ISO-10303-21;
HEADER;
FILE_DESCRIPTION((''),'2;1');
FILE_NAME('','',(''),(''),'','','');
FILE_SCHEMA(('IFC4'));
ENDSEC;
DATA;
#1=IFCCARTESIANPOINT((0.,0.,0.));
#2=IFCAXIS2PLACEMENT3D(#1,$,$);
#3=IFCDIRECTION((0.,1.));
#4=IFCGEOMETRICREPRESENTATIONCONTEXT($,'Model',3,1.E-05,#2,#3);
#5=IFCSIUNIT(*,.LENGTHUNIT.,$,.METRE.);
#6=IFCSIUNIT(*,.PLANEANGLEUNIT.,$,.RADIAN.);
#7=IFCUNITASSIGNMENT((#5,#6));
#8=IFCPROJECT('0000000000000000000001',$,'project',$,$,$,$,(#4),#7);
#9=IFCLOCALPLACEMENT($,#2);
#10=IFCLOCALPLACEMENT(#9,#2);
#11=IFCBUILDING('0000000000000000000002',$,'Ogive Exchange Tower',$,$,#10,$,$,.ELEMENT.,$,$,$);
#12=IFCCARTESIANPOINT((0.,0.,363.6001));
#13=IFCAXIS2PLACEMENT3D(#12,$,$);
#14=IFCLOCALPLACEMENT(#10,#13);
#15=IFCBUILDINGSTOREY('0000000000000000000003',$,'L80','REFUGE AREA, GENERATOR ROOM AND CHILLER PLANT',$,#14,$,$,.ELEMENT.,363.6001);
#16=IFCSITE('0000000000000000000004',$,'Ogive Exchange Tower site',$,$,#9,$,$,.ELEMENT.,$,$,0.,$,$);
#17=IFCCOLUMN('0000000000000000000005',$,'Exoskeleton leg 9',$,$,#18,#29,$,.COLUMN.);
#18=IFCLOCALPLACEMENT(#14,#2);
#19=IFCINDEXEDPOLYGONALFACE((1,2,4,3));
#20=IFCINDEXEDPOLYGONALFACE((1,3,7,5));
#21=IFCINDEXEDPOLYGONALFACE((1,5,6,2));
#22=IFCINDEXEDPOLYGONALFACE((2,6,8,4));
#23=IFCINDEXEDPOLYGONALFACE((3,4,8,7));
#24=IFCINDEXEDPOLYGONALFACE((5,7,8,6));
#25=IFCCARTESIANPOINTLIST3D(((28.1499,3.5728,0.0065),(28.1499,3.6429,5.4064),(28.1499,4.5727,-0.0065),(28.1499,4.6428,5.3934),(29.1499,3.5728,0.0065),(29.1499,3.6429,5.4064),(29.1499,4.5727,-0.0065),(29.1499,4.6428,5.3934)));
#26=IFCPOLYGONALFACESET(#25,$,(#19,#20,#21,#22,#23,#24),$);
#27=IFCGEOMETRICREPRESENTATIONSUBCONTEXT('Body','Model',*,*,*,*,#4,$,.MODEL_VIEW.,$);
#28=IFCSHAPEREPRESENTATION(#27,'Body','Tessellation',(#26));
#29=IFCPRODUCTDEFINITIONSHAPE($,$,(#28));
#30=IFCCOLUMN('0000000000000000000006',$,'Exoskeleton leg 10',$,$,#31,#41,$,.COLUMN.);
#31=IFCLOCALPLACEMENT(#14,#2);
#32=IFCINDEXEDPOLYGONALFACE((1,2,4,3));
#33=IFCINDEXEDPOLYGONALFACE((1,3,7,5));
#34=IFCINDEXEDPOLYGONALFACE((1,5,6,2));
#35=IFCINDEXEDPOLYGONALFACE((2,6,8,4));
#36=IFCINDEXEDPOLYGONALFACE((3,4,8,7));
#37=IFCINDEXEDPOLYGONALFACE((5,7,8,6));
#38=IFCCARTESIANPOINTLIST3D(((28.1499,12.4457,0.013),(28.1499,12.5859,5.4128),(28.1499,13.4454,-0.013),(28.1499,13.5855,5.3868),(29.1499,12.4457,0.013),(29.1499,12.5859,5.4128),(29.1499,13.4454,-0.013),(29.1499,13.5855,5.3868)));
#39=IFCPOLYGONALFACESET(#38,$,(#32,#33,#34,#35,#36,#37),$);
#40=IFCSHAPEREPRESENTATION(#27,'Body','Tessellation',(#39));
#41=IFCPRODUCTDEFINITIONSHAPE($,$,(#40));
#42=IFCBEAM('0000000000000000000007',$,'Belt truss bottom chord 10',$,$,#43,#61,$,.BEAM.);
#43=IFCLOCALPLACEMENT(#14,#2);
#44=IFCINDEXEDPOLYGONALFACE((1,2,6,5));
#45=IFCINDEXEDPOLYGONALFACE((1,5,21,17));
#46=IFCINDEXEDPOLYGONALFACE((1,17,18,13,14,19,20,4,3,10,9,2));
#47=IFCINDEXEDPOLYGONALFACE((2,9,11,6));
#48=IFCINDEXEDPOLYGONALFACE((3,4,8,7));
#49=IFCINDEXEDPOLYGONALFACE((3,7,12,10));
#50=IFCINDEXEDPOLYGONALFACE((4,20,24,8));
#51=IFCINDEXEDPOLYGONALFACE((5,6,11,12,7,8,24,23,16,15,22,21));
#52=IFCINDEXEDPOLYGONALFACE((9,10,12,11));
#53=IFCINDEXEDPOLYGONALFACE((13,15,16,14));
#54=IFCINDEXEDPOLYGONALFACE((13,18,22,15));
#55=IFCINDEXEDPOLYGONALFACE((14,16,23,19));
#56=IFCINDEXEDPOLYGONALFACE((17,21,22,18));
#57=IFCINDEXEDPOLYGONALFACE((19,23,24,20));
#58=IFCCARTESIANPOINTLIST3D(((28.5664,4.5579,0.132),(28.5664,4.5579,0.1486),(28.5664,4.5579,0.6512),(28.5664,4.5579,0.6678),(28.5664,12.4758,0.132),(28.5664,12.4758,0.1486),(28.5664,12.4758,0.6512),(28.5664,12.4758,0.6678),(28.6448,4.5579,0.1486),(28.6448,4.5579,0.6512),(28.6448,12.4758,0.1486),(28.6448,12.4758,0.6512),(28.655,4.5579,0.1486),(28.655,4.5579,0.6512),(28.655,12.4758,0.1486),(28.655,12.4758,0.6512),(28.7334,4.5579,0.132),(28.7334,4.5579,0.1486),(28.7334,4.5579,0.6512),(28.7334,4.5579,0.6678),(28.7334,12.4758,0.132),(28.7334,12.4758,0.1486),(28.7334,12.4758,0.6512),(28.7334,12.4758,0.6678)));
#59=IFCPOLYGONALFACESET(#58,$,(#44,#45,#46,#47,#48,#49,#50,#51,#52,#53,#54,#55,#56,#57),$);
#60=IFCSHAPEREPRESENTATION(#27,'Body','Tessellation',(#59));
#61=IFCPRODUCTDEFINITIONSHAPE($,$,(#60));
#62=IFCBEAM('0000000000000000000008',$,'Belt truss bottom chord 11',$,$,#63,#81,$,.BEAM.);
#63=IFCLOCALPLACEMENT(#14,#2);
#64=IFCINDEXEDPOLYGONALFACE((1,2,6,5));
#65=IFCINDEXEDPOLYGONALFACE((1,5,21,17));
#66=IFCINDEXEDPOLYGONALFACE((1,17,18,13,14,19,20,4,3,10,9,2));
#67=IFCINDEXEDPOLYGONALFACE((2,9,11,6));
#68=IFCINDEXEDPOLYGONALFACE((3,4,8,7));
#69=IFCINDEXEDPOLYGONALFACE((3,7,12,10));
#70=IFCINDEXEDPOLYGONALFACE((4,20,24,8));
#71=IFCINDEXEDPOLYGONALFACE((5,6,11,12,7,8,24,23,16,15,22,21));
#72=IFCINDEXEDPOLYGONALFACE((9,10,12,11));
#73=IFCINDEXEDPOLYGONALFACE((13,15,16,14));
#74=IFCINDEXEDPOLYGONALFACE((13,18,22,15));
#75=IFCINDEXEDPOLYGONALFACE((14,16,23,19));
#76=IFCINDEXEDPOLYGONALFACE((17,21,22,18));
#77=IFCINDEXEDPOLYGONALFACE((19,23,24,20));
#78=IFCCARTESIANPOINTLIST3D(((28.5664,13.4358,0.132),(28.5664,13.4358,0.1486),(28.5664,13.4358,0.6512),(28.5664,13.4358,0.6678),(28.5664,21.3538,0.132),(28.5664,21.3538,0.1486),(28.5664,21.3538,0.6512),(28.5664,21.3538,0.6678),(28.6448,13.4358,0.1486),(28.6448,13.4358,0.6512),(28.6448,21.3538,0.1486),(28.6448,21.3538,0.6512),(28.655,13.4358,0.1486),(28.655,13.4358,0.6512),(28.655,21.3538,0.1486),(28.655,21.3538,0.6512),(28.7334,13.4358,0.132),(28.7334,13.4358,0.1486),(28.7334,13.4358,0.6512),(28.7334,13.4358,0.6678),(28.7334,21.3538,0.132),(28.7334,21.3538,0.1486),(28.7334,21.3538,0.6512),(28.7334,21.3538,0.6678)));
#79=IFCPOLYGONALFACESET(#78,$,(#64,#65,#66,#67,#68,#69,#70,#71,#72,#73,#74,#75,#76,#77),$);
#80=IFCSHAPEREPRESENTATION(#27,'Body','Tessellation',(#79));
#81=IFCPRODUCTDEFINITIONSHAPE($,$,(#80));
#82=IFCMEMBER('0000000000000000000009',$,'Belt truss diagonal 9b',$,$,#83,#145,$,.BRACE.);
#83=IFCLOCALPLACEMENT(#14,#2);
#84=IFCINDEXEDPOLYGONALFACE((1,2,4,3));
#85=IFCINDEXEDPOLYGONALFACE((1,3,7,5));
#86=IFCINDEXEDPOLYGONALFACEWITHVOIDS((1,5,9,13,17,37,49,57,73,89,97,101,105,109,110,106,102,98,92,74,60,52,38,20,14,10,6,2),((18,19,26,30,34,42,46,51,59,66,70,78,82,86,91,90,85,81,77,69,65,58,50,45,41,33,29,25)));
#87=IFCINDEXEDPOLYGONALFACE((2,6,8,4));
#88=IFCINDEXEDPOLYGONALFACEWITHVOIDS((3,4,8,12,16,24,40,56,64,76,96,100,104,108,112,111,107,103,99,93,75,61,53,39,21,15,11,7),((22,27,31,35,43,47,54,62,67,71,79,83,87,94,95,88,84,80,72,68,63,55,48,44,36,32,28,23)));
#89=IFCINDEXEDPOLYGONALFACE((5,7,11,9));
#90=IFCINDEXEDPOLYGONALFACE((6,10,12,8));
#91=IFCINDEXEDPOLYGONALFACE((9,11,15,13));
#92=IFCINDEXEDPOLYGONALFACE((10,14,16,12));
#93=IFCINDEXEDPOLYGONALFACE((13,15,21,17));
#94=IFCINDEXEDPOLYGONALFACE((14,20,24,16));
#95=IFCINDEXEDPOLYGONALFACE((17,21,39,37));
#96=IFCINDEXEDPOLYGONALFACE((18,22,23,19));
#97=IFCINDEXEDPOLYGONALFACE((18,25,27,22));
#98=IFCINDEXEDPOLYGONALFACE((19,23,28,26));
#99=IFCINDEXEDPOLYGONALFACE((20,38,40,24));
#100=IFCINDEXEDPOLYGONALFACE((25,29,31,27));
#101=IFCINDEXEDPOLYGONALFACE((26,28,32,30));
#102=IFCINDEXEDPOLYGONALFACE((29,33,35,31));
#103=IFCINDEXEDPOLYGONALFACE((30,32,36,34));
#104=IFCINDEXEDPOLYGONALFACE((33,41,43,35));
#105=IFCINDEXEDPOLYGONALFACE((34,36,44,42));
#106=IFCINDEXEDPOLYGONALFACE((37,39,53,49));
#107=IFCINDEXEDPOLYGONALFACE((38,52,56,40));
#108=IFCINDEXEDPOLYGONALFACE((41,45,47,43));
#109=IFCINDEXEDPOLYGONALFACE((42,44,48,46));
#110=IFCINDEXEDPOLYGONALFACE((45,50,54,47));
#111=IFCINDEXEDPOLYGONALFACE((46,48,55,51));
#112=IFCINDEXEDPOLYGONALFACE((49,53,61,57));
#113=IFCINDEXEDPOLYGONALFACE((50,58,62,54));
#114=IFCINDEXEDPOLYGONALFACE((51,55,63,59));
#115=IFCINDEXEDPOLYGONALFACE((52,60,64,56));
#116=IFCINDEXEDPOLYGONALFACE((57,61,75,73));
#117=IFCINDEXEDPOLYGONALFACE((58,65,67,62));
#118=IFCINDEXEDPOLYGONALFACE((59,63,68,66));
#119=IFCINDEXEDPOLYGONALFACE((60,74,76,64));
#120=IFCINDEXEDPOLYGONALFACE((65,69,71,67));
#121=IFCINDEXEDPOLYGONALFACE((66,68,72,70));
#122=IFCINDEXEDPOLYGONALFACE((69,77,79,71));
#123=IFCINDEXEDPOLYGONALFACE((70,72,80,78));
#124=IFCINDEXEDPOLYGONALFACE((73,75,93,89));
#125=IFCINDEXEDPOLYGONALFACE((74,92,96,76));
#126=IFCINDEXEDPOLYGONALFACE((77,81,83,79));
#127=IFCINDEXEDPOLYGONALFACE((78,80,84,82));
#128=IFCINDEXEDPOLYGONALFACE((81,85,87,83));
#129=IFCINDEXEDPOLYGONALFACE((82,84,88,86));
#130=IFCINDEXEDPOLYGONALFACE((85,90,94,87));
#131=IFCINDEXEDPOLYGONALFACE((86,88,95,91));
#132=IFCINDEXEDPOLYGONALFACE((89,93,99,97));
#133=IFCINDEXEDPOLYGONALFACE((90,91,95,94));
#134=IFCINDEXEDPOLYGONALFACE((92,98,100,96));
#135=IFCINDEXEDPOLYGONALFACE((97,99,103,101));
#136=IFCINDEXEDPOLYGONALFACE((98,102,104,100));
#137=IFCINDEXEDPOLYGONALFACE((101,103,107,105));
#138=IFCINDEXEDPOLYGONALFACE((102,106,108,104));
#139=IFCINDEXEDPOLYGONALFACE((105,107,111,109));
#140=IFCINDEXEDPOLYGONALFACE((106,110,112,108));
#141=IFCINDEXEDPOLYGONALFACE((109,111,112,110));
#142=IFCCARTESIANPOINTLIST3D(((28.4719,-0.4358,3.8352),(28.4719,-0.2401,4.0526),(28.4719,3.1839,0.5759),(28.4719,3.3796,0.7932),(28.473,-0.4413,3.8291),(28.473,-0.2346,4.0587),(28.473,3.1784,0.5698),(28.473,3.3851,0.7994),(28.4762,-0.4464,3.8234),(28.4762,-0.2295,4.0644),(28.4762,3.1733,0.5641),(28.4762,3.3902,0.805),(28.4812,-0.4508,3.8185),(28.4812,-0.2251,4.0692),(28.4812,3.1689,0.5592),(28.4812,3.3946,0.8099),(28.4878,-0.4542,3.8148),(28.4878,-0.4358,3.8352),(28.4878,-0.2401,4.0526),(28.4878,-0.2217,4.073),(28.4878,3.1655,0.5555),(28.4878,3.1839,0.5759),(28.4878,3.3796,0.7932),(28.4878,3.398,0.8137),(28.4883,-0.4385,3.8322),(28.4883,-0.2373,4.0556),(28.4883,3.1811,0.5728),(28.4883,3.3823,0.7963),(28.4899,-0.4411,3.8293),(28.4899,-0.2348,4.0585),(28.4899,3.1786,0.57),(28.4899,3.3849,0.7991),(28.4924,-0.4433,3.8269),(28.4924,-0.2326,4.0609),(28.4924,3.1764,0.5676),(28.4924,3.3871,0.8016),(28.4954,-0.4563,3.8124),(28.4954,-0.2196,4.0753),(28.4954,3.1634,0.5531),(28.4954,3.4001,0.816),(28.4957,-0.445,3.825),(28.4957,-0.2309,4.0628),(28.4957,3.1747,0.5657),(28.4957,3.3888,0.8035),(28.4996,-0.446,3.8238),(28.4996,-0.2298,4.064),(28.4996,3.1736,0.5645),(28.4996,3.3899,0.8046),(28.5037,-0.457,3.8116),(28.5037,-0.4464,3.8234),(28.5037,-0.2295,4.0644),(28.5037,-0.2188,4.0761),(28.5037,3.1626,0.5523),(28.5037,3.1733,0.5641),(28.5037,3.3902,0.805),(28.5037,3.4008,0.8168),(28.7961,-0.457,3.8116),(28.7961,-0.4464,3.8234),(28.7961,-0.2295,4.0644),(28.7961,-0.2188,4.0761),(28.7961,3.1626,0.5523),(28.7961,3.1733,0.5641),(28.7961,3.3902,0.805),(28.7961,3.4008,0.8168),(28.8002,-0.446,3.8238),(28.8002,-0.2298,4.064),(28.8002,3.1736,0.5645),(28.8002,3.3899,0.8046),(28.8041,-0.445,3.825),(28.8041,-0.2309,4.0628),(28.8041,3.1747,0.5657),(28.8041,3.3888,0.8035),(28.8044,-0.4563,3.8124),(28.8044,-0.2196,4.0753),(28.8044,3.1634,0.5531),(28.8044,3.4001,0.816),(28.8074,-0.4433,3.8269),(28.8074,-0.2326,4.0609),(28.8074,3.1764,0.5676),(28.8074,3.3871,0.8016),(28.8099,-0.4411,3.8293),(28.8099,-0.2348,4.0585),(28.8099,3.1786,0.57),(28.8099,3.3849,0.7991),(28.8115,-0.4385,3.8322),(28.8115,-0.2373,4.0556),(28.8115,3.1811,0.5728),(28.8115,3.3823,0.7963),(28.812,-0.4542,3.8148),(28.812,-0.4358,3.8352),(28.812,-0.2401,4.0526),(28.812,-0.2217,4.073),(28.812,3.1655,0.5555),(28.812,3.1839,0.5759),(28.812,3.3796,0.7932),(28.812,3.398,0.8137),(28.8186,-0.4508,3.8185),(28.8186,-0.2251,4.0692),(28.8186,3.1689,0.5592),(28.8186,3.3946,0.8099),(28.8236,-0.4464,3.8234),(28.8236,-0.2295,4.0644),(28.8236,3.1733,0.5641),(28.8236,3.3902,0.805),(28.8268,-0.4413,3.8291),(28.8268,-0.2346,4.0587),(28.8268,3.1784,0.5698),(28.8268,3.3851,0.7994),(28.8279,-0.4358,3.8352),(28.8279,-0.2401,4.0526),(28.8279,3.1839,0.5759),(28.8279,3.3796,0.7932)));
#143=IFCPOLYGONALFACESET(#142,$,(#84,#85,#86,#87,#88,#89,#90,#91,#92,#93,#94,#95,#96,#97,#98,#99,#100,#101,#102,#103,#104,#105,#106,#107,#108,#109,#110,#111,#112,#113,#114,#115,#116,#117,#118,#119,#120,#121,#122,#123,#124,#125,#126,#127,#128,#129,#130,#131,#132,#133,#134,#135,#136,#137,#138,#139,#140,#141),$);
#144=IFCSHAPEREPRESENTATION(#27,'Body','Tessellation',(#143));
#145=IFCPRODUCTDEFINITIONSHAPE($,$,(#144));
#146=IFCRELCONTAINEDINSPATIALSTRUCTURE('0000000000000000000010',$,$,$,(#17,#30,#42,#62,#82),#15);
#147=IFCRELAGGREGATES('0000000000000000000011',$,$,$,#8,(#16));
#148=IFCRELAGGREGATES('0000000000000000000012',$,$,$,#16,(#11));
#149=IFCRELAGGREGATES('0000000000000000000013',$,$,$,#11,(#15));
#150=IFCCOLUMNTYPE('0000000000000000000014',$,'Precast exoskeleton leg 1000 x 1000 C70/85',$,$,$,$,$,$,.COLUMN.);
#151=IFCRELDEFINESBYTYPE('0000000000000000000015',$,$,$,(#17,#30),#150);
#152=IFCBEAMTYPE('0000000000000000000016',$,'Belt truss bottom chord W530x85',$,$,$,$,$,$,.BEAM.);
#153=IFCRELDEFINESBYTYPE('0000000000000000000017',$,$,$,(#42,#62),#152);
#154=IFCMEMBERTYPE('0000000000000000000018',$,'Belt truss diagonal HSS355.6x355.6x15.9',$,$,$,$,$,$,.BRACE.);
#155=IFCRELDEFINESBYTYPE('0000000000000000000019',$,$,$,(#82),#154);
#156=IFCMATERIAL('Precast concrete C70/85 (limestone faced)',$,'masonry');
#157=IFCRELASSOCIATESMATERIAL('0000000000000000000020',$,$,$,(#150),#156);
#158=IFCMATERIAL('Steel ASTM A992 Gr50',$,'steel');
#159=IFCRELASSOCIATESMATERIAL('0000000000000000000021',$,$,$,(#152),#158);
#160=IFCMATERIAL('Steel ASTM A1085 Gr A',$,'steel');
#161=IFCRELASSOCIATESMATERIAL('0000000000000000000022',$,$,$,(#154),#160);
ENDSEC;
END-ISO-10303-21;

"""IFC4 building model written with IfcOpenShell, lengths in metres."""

from ifc_helpers import new_model, si_unit, direction, frame, origin, origin_2d, place, context, subcontext, project, spatial, rectangle, hollow_rectangle, i_section, extrude, material, material_profile, profile_set, type_object, element, save


model = new_model("IFC4")

# Units and contexts
model_context = context("Model", 3, precision=1e-05, world=origin(), true_north=direction((0.0, 1.0)))
body_context = subcontext(model_context, "Body", "Model", "MODEL_VIEW")
ifc_project = project(units=[si_unit("LENGTHUNIT", "METRE"), si_unit("PLANEANGLEUNIT", "RADIAN")], contexts=[model_context])

# Site, building, storey
site_placement = place(None, origin())
site = spatial("IfcSite", under=ifc_project, at=site_placement, Name="Ogive Exchange Tower site", CompositionType="ELEMENT", RefElevation=0.0)
building_placement = place(site_placement, origin())
building = spatial("IfcBuilding", under=site, at=building_placement, Name="Ogive Exchange Tower", CompositionType="ELEMENT")
storey_placement = place(building_placement, frame((0.0, 0.0, 363.6001)))
storey = spatial("IfcBuildingStorey", under=building, at=storey_placement, Name="L80", Description="REFUGE AREA, GENERATOR ROOM AND CHILLER PLANT", CompositionType="ELEMENT", Elevation=363.6001)

# Columns
ifc_material_1 = material(Name="Precast concrete C70/85 (limestone faced)", Category="masonry")
ifc_material_profile_1 = material_profile(ifc_material_1, rectangle(XDim=1.0, YDim=1.0, at=origin_2d()), Name="1000 x 1000")
ifc_profile_set_1 = profile_set([ifc_material_profile_1], Name="Precast concrete C70/85 (limestone faced)")
column_type = type_object("IfcColumnType", Name="Precast exoskeleton leg 1000 x 1000 C70/85", PredefinedType="COLUMN", material=ifc_profile_set_1)
column_1_placement = place(storey_placement, frame((28.6499, 4.0728, 0.0), z_axis=(0.0, 0.012975, 0.999916), x_axis=(-1.0, 0.0, 0.0)))
element("IfcColumn", 1, at=column_1_placement, inside=storey, type_object=column_type, Name="Exoskeleton leg 9", PredefinedType="COLUMN", context=body_context, shape_type="SweptSolid", body=[
    extrude(rectangle(XDim=1.0, YDim=1.0, at=origin_2d()), origin(), (0.0, 0.0, 1.0), 5.4004),
])
column_2_placement = place(storey_placement, frame((28.6499, 12.9456, 0.0), z_axis=(0.0, 0.025943, 0.999663), x_axis=(-1.0, 0.0, 0.0)))
element("IfcColumn", 2, at=column_2_placement, inside=storey, type_object=column_type, Name="Exoskeleton leg 10", PredefinedType="COLUMN", context=body_context, shape_type="SweptSolid", body=[
    extrude(rectangle(XDim=1.0, YDim=1.0, at=origin_2d()), origin(), (0.0, 0.0, 1.0), 5.4016),
])

# Beams
ifc_material_2 = material(Name="Steel ASTM A992 Gr50", Category="steel")
ifc_material_profile_2 = material_profile(ifc_material_2, i_section(OverallWidth=0.167, OverallDepth=0.5359, WebThickness=0.0103, FlangeThickness=0.0166, at=origin_2d()), Name="W530x85")
ifc_profile_set_2 = profile_set([ifc_material_profile_2], Name="Steel ASTM A992 Gr50")
beam_type_1 = type_object("IfcBeamType", Name="Belt truss bottom chord W530x85", PredefinedType="BEAM", material=ifc_profile_set_2)
for number, where, z_axis, x_axis, name in (
    (3, (28.6499, 4.5579, 0.3999), (0.0, 1.0, 0.0), (-1.0, 0.0, 0.0), "Belt truss bottom chord 10"),
    (4, (28.6499, 13.4358, 0.3999), (0.0, 1.0, 0.0), (-1.0, 0.0, 0.0), "Belt truss bottom chord 11"),
):
    element("IfcBeam", number, at=place(storey_placement, frame(where, z_axis=z_axis, x_axis=x_axis)), inside=storey, type_object=beam_type_1, Name=name, PredefinedType="BEAM", context=body_context, shape_type="SweptSolid", body=[
        extrude(i_section(OverallWidth=0.167, OverallDepth=0.5359, WebThickness=0.0103, FlangeThickness=0.0166, at=origin_2d()), origin(), (0.0, 0.0, 1.0), 7.918),
    ])

# Member
ifc_material_3 = material(Name="Steel ASTM A1085 Gr A", Category="steel")
ifc_material_profile_3 = material_profile(ifc_material_3, hollow_rectangle(XDim=0.356, YDim=0.356, WallThickness=0.0159, InnerFilletRadius=0.0159, OuterFilletRadius=0.0317, at=origin_2d()), Name="HSS355.6x355.6x15.9")
ifc_profile_set_3 = profile_set([ifc_material_profile_3], Name="Steel ASTM A1085 Gr A")
member_type = type_object("IfcMemberType", Name="Belt truss diagonal HSS355.6x355.6x15.9", PredefinedType="BRACE", material=ifc_profile_set_3)
member_1_placement = place(storey_placement, frame((28.6499, 3.2817, 0.6846), z_axis=(0.0, -0.74313, 0.669147), x_axis=(1.0, 0.0, 0.0)))
element("IfcMember", 5, at=member_1_placement, inside=storey, type_object=member_type, Name="Belt truss diagonal 9b", PredefinedType="BRACE", context=body_context, shape_type="SweptSolid", body=[
    extrude(hollow_rectangle(XDim=0.356, YDim=0.356, WallThickness=0.0159, InnerFilletRadius=0.0159, OuterFilletRadius=0.0317, at=origin_2d()), origin(), (0.0, 0.0, 1.0), 4.8708),
])

save(model, "model.ifc")
